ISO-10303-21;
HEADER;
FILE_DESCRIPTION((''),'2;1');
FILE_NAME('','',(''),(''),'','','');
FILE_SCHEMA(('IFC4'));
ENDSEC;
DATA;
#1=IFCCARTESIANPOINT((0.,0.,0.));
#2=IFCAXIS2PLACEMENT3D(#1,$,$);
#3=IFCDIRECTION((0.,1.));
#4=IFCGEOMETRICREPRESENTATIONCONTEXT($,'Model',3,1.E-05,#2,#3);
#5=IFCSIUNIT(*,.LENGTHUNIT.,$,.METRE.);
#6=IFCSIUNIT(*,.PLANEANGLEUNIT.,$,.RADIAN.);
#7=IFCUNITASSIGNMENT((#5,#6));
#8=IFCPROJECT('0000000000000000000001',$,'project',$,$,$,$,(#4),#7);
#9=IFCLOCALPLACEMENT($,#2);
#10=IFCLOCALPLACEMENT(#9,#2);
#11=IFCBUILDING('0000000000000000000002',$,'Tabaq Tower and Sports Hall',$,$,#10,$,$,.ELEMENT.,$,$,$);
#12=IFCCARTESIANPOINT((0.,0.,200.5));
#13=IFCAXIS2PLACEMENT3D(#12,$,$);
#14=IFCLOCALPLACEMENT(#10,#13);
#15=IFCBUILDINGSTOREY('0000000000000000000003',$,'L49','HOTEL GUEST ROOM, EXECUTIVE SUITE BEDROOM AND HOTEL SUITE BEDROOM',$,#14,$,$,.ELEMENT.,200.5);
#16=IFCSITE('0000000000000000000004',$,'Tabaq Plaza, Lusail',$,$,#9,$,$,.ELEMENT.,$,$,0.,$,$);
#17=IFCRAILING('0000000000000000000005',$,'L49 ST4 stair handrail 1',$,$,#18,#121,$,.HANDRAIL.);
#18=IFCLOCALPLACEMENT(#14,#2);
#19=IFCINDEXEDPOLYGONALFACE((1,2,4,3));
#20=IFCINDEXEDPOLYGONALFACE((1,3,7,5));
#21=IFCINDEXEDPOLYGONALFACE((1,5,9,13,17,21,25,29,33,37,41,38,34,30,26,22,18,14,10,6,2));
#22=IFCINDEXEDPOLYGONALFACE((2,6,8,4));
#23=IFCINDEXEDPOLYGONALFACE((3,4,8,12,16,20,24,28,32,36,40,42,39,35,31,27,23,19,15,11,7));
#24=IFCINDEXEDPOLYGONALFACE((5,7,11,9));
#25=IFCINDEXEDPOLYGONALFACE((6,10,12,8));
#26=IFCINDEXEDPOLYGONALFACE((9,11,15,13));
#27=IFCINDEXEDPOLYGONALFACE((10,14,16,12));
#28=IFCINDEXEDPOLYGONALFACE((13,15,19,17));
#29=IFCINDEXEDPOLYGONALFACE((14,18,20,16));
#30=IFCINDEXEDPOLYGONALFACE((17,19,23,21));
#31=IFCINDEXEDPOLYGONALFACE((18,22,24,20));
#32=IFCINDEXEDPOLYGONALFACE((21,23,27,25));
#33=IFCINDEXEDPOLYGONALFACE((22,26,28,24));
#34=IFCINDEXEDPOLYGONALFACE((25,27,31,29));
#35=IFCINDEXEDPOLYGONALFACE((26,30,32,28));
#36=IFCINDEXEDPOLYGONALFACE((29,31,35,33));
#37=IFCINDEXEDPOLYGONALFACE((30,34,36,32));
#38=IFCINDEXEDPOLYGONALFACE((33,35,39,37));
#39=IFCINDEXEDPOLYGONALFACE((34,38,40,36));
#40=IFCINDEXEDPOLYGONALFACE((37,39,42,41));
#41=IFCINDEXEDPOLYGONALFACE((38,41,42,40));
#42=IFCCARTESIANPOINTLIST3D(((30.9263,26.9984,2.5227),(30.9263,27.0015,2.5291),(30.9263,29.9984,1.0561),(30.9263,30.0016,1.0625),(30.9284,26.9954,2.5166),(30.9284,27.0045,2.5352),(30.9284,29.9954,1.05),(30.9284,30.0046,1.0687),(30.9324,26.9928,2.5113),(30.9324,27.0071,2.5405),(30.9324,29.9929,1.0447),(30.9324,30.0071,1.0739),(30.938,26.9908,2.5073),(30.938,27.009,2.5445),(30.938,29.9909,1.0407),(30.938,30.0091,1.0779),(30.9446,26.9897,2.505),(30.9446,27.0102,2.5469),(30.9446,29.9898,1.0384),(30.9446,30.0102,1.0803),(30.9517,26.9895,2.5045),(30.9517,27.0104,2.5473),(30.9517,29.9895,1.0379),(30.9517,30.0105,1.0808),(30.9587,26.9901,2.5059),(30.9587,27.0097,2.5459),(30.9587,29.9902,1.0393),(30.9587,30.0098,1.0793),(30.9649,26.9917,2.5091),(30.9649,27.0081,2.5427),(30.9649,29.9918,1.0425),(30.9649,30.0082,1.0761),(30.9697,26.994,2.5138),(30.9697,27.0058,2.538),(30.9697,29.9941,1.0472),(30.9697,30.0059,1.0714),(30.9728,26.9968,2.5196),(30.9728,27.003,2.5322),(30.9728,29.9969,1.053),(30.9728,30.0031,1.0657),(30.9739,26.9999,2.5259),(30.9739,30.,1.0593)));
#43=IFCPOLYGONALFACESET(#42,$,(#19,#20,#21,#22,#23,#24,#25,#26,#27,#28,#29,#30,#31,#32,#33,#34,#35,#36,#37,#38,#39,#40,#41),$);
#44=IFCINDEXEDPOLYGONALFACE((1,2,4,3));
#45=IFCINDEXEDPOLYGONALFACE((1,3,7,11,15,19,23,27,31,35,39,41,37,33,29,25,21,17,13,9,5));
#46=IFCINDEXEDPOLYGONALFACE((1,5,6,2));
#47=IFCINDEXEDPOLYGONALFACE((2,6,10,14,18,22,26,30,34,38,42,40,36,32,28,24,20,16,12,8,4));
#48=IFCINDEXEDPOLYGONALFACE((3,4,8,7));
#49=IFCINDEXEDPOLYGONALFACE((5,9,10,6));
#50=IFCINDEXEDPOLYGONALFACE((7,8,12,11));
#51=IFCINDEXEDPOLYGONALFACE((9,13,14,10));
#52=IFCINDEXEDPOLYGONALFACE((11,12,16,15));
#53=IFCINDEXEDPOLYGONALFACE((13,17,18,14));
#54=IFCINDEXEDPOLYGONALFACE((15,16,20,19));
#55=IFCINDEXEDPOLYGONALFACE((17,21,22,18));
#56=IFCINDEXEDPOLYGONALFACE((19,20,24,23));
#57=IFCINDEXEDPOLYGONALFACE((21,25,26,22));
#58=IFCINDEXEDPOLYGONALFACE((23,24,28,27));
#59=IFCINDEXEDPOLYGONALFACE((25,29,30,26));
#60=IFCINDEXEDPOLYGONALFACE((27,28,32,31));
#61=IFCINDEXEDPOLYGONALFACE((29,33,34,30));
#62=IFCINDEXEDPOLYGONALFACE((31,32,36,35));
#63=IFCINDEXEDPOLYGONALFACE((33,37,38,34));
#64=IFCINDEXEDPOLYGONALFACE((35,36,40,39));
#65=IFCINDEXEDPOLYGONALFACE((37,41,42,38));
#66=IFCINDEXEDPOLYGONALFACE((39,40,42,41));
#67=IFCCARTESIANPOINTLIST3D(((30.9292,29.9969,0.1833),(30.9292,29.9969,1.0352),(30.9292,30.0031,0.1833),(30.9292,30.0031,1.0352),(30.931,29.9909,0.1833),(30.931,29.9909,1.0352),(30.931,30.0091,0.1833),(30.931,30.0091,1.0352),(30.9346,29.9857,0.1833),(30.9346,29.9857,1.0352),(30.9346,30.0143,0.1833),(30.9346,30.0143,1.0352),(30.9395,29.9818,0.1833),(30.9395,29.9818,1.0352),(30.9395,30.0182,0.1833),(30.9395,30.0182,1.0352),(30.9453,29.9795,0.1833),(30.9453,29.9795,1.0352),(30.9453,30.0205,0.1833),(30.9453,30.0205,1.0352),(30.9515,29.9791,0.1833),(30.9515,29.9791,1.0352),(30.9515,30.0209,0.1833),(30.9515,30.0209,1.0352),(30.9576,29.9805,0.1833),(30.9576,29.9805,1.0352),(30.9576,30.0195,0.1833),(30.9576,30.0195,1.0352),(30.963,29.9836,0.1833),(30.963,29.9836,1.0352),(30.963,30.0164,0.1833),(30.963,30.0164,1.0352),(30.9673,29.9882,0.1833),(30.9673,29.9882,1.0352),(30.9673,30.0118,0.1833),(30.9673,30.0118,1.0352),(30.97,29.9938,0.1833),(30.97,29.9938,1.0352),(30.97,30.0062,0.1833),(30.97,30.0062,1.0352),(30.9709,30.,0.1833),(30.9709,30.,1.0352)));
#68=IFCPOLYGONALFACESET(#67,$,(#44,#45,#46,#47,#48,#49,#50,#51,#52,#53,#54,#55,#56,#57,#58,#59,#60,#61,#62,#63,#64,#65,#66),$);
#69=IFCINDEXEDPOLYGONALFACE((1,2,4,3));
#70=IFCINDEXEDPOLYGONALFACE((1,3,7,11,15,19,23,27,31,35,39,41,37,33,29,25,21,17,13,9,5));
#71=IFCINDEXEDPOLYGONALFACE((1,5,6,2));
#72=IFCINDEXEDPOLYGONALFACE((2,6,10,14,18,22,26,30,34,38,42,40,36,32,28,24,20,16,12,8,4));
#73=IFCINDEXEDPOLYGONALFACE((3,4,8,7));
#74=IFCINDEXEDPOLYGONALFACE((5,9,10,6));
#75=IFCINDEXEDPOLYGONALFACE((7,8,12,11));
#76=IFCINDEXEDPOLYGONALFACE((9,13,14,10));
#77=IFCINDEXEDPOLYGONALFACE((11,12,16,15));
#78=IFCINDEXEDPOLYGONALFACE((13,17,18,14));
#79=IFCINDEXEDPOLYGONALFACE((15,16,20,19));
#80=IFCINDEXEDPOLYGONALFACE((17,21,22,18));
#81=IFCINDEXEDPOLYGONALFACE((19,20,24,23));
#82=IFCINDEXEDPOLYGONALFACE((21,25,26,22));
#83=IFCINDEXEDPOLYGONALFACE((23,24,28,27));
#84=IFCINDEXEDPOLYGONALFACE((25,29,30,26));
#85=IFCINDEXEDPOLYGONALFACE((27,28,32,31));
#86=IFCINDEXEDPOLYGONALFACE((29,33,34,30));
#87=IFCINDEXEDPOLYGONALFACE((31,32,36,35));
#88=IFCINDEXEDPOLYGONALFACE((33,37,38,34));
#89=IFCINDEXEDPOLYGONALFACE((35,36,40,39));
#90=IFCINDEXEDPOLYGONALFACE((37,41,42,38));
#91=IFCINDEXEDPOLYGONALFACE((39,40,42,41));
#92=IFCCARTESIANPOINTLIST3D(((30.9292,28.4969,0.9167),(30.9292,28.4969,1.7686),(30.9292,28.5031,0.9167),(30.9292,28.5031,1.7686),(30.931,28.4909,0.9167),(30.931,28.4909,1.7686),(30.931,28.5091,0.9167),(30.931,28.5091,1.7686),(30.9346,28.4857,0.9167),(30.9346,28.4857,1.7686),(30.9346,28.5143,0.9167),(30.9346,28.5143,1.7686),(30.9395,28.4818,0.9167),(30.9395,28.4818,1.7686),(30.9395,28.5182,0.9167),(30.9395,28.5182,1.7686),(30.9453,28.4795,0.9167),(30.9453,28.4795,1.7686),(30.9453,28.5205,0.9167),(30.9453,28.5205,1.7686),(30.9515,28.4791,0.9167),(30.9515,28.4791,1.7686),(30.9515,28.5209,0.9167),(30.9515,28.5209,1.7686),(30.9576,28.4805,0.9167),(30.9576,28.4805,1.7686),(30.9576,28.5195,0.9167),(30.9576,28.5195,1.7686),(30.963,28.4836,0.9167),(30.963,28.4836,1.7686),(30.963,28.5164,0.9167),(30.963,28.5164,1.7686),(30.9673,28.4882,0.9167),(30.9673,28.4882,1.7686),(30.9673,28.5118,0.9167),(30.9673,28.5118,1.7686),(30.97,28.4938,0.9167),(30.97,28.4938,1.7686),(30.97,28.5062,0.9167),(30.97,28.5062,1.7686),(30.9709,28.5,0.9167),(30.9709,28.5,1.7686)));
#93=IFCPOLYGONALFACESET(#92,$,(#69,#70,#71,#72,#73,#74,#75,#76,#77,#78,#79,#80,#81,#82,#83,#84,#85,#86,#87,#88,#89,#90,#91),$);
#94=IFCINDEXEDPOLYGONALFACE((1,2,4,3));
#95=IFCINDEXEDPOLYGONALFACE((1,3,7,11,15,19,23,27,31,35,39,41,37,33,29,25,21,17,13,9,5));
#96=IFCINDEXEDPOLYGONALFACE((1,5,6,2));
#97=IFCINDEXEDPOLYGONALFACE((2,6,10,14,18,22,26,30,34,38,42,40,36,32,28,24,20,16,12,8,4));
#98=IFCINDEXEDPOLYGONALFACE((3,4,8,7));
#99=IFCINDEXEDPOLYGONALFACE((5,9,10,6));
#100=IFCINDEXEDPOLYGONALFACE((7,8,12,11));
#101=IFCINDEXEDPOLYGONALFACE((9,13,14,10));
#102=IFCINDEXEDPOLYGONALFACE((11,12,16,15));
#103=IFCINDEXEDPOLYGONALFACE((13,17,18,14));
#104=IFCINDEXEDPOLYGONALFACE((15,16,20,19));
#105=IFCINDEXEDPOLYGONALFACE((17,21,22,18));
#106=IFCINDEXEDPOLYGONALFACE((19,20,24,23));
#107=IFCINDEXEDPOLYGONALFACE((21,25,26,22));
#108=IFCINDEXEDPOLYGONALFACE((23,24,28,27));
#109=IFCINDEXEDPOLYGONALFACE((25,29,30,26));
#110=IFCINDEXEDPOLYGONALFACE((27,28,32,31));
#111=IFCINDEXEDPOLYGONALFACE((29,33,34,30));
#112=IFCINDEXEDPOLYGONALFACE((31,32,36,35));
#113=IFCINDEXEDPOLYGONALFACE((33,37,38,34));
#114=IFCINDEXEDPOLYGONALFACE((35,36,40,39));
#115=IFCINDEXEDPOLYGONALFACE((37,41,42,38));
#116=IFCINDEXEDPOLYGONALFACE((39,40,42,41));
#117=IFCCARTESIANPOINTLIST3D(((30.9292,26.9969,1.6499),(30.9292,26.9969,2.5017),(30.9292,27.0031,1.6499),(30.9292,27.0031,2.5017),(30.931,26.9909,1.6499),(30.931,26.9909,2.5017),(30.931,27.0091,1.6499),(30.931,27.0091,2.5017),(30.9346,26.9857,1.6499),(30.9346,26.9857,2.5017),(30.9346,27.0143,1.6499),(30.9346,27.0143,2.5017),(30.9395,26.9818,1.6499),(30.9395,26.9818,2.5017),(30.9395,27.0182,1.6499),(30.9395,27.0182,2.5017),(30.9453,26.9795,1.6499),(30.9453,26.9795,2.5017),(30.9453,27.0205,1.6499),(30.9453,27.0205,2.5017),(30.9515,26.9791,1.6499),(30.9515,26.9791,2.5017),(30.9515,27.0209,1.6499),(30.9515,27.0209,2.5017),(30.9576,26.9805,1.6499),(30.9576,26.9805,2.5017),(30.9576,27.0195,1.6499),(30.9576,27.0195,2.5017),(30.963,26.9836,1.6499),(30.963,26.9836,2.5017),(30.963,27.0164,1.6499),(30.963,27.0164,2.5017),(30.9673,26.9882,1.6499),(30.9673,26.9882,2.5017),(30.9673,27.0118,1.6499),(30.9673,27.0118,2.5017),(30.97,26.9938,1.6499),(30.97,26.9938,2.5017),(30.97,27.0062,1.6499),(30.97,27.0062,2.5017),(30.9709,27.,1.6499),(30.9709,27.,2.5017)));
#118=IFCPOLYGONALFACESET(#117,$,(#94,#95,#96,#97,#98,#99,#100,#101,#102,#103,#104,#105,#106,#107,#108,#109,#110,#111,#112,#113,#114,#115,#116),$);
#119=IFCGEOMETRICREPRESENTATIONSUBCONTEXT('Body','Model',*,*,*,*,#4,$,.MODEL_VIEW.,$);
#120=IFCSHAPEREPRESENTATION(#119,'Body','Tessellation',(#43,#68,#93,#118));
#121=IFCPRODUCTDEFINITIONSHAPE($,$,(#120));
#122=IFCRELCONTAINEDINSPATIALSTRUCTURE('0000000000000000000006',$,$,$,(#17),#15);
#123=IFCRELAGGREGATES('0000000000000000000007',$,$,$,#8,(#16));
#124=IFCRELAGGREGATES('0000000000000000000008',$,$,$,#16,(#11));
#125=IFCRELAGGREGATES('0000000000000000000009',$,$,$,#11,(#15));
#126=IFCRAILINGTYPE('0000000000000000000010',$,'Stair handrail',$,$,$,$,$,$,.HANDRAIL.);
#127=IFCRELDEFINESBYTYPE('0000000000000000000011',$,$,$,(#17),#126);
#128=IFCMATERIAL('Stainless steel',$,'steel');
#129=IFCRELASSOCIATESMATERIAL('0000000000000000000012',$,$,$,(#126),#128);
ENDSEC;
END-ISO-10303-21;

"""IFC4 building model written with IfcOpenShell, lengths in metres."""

from ifc_helpers import new_model, si_unit, direction, frame, origin, origin_2d, place, context, subcontext, project, spatial, circle, extrude, material, type_object, element, save


model = new_model("IFC4")

# Units and contexts
model_context = context("Model", 3, precision=1e-05, world=origin(), true_north=direction((0.0, 1.0)))
body_context = subcontext(model_context, "Body", "Model", "MODEL_VIEW")
ifc_project = project(units=[si_unit("LENGTHUNIT", "METRE"), si_unit("PLANEANGLEUNIT", "RADIAN")], contexts=[model_context])

# Site, building, storey
site_placement = place(None, origin())
site = spatial("IfcSite", under=ifc_project, at=site_placement, Name="Tabaq Plaza, Lusail", CompositionType="ELEMENT", RefElevation=0.0)
building_placement = place(site_placement, origin())
building = spatial("IfcBuilding", under=site, at=building_placement, Name="Tabaq Tower and Sports Hall", CompositionType="ELEMENT")
storey_placement = place(building_placement, frame((0.0, 0.0, 200.5)))
storey = spatial("IfcBuildingStorey", under=building, at=storey_placement, Name="L49", Description="HOTEL GUEST ROOM, EXECUTIVE SUITE BEDROOM AND HOTEL SUITE BEDROOM", CompositionType="ELEMENT", Elevation=200.5)

# Railing
ifc_material_1 = material(Name="Stainless steel", Category="steel")
railing_type = type_object("IfcRailingType", Name="Stair handrail", PredefinedType="HANDRAIL", material=ifc_material_1)
railing_1_placement = place(storey_placement, frame((30.95, 30.0, 0.1833)))
element("IfcRailing", 1, at=railing_1_placement, inside=storey, type_object=railing_type, Name="L49 ST4 stair handrail 1", PredefinedType="HANDRAIL", context=body_context, shape_type="SweptSolid", body=[
    extrude(circle(Radius=0.0239, at=origin_2d()), frame((0.0, 0.0, 0.876), z_axis=(0.0, -0.898398, 0.439183), x_axis=(1.0, 0.0, 0.0)), (0.0, 0.0, 1.0), 3.3394),
    extrude(circle(Radius=0.021, at=origin_2d()), origin(), (0.0, 0.0, 1.0), 0.8518),
    extrude(circle(Radius=0.021, at=origin_2d()), frame((0.0, -1.5, 0.7334)), (0.0, 0.0, 1.0), 0.8518),
    extrude(circle(Radius=0.021, at=origin_2d()), frame((0.0, -3.0, 1.4666)), (0.0, 0.0, 1.0), 0.8518),
])

save(model, "model.ifc")
